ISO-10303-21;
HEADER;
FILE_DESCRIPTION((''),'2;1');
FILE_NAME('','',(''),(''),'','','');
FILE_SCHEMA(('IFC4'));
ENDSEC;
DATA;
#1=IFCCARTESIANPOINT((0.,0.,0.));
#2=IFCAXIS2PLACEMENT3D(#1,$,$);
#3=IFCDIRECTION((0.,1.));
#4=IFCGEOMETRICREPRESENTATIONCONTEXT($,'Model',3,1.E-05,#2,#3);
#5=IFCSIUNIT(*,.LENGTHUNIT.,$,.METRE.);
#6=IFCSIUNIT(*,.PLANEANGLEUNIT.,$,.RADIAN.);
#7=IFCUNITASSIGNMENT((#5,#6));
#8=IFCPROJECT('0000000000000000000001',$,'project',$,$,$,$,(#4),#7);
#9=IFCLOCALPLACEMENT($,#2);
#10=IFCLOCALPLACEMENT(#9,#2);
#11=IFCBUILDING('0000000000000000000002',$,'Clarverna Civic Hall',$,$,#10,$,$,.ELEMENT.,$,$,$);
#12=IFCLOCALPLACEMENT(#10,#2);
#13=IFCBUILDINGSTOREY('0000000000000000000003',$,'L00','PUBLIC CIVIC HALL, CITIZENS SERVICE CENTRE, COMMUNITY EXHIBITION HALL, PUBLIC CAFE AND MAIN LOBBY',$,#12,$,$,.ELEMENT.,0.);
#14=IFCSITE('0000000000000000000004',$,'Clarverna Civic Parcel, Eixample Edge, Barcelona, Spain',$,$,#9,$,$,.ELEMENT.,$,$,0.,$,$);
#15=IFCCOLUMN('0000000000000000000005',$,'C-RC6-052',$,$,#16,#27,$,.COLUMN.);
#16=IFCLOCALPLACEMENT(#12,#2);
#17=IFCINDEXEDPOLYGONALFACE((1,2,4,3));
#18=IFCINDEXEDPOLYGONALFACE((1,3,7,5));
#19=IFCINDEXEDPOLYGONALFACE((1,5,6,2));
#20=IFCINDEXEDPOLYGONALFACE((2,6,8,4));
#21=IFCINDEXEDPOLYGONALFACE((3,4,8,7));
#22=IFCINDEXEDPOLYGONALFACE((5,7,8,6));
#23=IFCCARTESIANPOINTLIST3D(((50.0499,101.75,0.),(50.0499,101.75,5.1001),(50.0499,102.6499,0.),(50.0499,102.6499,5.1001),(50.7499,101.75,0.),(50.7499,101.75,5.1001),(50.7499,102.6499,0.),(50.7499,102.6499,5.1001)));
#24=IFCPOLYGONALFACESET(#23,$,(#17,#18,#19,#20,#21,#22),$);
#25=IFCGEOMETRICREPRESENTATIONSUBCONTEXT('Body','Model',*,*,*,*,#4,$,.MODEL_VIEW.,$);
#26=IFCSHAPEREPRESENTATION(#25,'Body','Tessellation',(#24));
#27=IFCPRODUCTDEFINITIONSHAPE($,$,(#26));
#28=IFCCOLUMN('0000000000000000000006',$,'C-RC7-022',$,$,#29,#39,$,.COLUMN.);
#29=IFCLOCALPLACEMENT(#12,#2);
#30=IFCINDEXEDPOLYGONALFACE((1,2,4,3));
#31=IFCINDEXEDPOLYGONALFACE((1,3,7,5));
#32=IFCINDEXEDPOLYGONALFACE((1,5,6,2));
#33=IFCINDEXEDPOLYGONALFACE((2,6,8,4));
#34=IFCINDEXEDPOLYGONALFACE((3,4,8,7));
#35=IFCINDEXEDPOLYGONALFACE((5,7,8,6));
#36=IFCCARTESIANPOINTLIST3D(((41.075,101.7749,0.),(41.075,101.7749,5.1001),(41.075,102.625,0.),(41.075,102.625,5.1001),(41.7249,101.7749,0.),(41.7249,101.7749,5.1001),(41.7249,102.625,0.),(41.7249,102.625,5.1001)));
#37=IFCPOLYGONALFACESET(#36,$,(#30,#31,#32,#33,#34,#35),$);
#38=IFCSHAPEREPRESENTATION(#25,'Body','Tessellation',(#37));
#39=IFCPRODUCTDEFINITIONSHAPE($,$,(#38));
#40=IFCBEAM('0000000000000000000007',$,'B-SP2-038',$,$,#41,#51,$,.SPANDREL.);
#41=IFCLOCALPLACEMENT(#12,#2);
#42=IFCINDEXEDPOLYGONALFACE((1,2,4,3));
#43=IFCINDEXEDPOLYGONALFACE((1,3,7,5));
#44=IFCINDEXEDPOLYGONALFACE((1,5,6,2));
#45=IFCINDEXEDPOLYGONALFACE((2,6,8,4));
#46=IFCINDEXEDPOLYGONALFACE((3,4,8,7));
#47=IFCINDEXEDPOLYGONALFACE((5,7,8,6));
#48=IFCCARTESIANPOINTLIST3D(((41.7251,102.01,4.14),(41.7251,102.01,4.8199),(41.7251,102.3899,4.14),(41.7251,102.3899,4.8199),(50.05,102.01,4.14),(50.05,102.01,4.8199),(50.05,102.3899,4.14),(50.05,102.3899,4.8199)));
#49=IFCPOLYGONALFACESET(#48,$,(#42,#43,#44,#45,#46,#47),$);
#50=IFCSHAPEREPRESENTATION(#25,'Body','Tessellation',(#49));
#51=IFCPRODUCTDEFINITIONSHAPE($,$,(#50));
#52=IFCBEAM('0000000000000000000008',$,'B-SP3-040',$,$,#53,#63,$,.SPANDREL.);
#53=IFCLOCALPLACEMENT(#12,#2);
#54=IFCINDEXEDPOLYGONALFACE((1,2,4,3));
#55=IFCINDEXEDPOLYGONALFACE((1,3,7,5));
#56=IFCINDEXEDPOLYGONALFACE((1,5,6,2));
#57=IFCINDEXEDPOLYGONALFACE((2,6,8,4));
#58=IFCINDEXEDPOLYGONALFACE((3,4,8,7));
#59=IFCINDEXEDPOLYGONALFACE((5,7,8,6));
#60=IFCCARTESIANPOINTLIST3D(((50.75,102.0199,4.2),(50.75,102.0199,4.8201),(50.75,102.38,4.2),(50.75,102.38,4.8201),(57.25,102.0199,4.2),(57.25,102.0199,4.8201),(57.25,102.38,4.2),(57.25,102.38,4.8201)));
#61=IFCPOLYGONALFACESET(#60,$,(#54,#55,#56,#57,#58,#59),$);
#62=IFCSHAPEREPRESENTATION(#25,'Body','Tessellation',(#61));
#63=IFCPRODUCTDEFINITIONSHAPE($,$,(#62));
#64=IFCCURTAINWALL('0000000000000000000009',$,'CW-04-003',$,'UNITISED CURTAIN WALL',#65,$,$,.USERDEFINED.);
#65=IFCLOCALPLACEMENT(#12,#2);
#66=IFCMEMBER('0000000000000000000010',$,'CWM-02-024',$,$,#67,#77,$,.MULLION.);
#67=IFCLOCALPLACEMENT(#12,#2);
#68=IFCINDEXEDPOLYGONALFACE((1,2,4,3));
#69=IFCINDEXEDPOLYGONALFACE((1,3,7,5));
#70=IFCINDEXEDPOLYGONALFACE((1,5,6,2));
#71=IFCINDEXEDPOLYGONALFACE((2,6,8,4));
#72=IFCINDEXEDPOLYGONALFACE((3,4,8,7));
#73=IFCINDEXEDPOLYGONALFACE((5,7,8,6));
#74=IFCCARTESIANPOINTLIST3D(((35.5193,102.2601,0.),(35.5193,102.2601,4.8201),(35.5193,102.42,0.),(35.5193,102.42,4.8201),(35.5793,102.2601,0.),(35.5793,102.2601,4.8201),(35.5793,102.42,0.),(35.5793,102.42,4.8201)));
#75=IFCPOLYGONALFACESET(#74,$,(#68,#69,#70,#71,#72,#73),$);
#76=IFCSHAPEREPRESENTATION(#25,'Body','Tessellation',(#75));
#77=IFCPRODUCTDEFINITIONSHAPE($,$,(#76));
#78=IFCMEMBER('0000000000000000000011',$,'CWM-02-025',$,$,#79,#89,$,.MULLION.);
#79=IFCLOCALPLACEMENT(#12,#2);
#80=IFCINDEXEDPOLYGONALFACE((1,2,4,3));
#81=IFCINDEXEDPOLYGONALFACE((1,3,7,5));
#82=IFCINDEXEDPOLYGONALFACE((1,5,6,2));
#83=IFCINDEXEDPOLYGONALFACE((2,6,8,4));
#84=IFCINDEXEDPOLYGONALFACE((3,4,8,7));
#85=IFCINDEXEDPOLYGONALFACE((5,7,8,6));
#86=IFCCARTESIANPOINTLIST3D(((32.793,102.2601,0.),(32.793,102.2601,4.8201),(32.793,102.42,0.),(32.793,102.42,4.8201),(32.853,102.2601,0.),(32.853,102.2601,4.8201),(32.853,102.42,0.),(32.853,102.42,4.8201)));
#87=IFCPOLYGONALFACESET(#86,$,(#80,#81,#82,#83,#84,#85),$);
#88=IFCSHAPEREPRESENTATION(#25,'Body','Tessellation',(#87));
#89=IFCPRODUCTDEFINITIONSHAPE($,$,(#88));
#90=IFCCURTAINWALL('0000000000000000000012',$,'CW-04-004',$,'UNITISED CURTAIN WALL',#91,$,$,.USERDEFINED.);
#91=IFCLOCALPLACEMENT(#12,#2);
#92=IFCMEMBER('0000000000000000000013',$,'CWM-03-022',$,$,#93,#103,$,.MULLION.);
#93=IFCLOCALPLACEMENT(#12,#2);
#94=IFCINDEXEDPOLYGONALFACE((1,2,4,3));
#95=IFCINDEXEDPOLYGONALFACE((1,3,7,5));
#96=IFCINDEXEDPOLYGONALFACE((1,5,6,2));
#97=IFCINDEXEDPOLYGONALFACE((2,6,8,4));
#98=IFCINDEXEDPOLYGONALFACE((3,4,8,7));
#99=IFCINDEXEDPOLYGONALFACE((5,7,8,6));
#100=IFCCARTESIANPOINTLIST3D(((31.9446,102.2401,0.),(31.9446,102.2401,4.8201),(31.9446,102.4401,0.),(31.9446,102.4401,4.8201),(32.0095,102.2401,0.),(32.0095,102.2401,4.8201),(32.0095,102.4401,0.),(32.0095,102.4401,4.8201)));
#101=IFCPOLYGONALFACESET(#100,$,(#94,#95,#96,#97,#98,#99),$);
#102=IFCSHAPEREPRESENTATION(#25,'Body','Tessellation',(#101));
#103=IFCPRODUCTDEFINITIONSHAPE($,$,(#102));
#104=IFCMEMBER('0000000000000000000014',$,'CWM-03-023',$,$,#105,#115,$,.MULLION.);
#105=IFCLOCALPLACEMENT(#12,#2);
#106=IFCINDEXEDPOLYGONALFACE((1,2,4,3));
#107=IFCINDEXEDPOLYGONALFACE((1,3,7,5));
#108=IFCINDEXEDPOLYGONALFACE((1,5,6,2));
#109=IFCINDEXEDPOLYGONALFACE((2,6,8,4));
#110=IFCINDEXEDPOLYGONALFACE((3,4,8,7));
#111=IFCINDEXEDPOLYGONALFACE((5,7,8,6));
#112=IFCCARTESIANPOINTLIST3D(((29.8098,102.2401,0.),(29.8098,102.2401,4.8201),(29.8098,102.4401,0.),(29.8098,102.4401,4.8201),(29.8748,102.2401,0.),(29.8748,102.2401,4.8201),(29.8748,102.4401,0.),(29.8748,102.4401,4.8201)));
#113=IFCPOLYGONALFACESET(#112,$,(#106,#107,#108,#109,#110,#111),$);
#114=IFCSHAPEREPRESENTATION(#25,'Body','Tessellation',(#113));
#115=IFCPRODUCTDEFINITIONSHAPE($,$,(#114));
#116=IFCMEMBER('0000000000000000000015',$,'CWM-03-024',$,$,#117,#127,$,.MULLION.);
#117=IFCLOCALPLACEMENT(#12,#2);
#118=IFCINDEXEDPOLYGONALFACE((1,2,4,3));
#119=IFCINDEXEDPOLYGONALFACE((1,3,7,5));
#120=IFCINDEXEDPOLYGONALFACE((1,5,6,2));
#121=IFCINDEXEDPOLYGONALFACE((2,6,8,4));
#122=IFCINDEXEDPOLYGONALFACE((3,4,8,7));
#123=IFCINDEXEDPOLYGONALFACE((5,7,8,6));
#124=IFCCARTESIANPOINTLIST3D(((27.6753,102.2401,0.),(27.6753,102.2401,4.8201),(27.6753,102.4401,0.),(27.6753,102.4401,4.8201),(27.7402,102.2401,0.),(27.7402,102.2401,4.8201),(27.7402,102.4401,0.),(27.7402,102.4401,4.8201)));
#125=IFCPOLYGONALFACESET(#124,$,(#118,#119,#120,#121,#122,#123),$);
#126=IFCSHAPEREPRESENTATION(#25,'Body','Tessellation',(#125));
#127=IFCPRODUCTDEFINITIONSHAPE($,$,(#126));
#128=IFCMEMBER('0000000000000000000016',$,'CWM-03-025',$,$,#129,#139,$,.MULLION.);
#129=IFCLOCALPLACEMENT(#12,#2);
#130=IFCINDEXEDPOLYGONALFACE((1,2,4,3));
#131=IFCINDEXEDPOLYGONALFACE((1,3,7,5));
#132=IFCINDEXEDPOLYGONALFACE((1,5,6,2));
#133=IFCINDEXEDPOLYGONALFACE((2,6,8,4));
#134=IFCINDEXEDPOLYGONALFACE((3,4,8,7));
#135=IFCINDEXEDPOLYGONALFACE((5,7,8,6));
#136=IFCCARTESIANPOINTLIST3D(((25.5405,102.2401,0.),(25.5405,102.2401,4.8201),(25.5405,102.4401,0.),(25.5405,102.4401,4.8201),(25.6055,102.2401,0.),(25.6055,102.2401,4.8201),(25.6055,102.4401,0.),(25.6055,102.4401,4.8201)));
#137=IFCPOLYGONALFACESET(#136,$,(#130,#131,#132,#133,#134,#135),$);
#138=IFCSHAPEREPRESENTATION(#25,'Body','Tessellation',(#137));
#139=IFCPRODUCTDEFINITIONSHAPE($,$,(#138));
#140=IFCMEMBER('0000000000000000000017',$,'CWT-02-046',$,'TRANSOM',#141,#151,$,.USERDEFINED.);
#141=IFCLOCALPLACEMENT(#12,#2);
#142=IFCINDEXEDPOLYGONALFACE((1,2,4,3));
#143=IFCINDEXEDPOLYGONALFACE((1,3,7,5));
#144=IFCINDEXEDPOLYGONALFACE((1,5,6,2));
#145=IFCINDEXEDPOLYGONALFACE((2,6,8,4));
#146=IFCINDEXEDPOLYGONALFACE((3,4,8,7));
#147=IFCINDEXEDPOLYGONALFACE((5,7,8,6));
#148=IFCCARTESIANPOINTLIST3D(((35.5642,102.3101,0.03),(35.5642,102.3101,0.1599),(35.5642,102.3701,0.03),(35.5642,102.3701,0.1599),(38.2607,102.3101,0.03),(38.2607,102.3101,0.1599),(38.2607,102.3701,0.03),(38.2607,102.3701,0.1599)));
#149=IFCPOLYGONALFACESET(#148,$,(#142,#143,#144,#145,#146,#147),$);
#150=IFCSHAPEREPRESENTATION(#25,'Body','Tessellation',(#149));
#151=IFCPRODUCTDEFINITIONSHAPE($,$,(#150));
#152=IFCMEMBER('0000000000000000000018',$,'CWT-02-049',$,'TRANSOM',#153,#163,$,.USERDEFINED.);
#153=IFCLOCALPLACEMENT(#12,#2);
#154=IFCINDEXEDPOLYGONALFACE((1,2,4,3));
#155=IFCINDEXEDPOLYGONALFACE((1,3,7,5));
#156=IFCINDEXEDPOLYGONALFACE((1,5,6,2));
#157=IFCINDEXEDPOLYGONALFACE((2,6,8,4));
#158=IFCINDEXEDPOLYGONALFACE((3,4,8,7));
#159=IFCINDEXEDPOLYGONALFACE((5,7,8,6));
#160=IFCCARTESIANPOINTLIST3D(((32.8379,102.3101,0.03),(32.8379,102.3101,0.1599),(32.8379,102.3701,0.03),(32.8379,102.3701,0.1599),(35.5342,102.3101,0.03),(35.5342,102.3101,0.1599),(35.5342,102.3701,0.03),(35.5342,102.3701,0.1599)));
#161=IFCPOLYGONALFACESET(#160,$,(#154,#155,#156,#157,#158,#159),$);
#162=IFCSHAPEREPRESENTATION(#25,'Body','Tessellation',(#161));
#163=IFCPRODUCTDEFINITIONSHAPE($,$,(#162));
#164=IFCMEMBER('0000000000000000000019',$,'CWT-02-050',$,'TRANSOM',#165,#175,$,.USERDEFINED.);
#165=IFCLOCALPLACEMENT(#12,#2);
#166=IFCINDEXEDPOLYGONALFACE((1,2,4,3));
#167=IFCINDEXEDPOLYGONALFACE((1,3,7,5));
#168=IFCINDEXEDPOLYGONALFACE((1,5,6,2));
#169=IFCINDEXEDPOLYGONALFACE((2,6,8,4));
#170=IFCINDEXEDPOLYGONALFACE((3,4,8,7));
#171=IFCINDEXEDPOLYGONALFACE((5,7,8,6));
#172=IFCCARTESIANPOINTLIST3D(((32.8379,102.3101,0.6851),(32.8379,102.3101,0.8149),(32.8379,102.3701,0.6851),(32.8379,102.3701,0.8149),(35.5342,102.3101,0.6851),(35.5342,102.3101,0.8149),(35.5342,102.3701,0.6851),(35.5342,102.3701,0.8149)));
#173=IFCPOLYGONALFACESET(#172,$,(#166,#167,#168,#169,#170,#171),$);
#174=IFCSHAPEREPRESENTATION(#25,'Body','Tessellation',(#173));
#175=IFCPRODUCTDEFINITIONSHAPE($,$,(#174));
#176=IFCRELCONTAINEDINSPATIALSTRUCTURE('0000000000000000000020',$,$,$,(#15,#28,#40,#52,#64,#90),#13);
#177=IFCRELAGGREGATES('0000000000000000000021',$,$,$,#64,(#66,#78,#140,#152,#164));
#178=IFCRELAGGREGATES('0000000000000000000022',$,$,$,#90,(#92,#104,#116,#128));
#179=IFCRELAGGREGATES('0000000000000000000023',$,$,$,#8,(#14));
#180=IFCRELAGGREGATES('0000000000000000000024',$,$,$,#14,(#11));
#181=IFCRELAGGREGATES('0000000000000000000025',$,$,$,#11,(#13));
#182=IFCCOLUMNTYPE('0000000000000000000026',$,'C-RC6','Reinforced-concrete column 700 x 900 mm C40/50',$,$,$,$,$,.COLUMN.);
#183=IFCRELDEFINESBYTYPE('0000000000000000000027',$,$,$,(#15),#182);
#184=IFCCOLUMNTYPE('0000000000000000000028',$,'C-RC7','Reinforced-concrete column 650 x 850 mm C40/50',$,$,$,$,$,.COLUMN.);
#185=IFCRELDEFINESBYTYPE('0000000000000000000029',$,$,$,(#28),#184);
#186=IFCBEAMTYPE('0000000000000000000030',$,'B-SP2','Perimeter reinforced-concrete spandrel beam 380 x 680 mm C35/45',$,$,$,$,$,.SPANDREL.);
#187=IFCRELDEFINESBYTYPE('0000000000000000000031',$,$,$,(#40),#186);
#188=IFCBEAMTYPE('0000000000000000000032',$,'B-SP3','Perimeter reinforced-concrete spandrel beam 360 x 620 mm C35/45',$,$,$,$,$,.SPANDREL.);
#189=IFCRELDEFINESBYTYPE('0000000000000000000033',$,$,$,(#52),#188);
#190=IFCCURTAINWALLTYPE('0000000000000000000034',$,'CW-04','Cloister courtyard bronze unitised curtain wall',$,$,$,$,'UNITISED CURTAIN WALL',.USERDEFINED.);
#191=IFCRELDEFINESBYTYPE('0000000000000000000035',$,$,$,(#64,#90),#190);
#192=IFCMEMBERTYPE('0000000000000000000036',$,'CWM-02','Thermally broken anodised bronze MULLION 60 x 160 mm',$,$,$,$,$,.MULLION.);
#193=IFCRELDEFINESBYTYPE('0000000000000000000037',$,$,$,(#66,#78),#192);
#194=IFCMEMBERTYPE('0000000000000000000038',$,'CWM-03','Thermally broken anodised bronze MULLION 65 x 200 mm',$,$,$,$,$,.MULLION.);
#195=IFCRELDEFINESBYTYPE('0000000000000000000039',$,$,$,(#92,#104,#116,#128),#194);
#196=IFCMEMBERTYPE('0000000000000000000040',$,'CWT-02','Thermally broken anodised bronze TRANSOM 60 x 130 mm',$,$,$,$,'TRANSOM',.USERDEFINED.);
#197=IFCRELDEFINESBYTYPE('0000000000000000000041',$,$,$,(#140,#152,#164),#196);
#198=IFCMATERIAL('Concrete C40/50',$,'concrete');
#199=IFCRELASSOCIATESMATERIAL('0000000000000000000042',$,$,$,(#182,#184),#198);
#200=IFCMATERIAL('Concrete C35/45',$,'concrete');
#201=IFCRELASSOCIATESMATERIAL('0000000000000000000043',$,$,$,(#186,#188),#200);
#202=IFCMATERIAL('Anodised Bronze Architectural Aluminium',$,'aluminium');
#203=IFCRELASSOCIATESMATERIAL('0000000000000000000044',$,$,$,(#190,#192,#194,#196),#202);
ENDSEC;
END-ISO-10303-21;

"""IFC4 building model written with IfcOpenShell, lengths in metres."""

from ifc_helpers import new_model, si_unit, direction, frame, origin, origin_2d, place, context, subcontext, project, spatial, rectangle, extrude, material, material_profile, profile_set, type_object, element, aggregate, save


model = new_model("IFC4")

# Units and contexts
model_context = context("Model", 3, precision=1e-05, world=origin(), true_north=direction((0.0, 1.0)))
body_context = subcontext(model_context, "Body", "Model", "MODEL_VIEW")
ifc_project = project(units=[si_unit("LENGTHUNIT", "METRE"), si_unit("PLANEANGLEUNIT", "RADIAN")], contexts=[model_context])

# Site, building, storey
site_placement = place(None, origin())
site = spatial("IfcSite", under=ifc_project, at=site_placement, Name="Clarverna Civic Parcel, Eixample Edge, Barcelona, Spain", CompositionType="ELEMENT", RefElevation=0.0)
building_placement = place(site_placement, origin())
building = spatial("IfcBuilding", under=site, at=building_placement, Name="Clarverna Civic Hall", CompositionType="ELEMENT")
storey_placement = place(building_placement, origin())
storey = spatial("IfcBuildingStorey", under=building, at=storey_placement, Name="L00", Description="PUBLIC CIVIC HALL, CITIZENS SERVICE CENTRE, COMMUNITY EXHIBITION HALL, PUBLIC CAFE AND MAIN LOBBY", CompositionType="ELEMENT", Elevation=0.0)

# Columns
ifc_material_1 = material(Name="Concrete C40/50", Category="concrete")
ifc_material_profile_1 = material_profile(ifc_material_1, rectangle(XDim=0.7, YDim=0.8999, at=origin_2d()), Name="RC 700x900")
ifc_profile_set_1 = profile_set([ifc_material_profile_1], Name="Concrete C40/50")
column_type_1 = type_object("IfcColumnType", Name="C-RC6", Description="Reinforced-concrete column 700 x 900 mm C40/50", PredefinedType="COLUMN", material=ifc_profile_set_1)
column_1_placement = place(storey_placement, frame((50.3999, 102.2, 0.0), z_axis=(0.0, 0.0, 1.0), x_axis=(1.0, 0.0, 0.0)))
element("IfcColumn", 1, at=column_1_placement, inside=storey, type_object=column_type_1, Name="C-RC6-052", PredefinedType="COLUMN", context=body_context, shape_type="SweptSolid", body=[
    extrude(rectangle(XDim=0.7, YDim=0.8999, at=origin_2d()), origin(), (0.0, 0.0, 1.0), 5.1001),
])
ifc_material_profile_2 = material_profile(ifc_material_1, rectangle(XDim=0.6499, YDim=0.8501, at=origin_2d()), Name="RC 650x850")
ifc_profile_set_2 = profile_set([ifc_material_profile_2], Name="Concrete C40/50")
column_type_2 = type_object("IfcColumnType", Name="C-RC7", Description="Reinforced-concrete column 650 x 850 mm C40/50", PredefinedType="COLUMN", material=ifc_profile_set_2)
column_2_placement = place(storey_placement, frame((41.3999, 102.2, 0.0), z_axis=(0.0, 0.0, 1.0), x_axis=(1.0, 0.0, 0.0)))
element("IfcColumn", 2, at=column_2_placement, inside=storey, type_object=column_type_2, Name="C-RC7-022", PredefinedType="COLUMN", context=body_context, shape_type="SweptSolid", body=[
    extrude(rectangle(XDim=0.6499, YDim=0.8501, at=origin_2d()), origin(), (0.0, 0.0, 1.0), 5.1001),
])

# Beams
ifc_material_2 = material(Name="Concrete C35/45", Category="concrete")
ifc_material_profile_3 = material_profile(ifc_material_2, rectangle(XDim=0.3799, YDim=0.6799, at=origin_2d()), Name="RC 380x680")
ifc_profile_set_3 = profile_set([ifc_material_profile_3], Name="Concrete C35/45")
beam_type_1 = type_object("IfcBeamType", Name="B-SP2", Description="Perimeter reinforced-concrete spandrel beam 380 x 680 mm C35/45", PredefinedType="SPANDREL", material=ifc_profile_set_3)
beam_1_placement = place(storey_placement, frame((41.7251, 102.2, 4.48), z_axis=(1.0, 0.0, 0.0), x_axis=(0.0, 1.0, 0.0)))
element("IfcBeam", 3, at=beam_1_placement, inside=storey, type_object=beam_type_1, Name="B-SP2-038", PredefinedType="SPANDREL", context=body_context, shape_type="SweptSolid", body=[
    extrude(rectangle(XDim=0.3799, YDim=0.6799, at=origin_2d()), origin(), (0.0, 0.0, 1.0), 8.325),
])
ifc_material_profile_4 = material_profile(ifc_material_2, rectangle(XDim=0.3601, YDim=0.6201, at=origin_2d()), Name="RC 360x620")
ifc_profile_set_4 = profile_set([ifc_material_profile_4], Name="Concrete C35/45")
beam_type_2 = type_object("IfcBeamType", Name="B-SP3", Description="Perimeter reinforced-concrete spandrel beam 360 x 620 mm C35/45", PredefinedType="SPANDREL", material=ifc_profile_set_4)
beam_2_placement = place(storey_placement, frame((50.75, 102.2, 4.51), z_axis=(1.0, 0.0, 0.0), x_axis=(0.0, 1.0, 0.0)))
element("IfcBeam", 4, at=beam_2_placement, inside=storey, type_object=beam_type_2, Name="B-SP3-040", PredefinedType="SPANDREL", context=body_context, shape_type="SweptSolid", body=[
    extrude(rectangle(XDim=0.3601, YDim=0.6201, at=origin_2d()), origin(), (0.0, 0.0, 1.0), 6.5),
])

# Curtain walls, members
ifc_material_3 = material(Name="Anodised Bronze Architectural Aluminium", Category="aluminium")
curtain_wall_type = type_object("IfcCurtainWallType", Name="CW-04", Description="Cloister courtyard bronze unitised curtain wall", ElementType="UNITISED CURTAIN WALL", PredefinedType="USERDEFINED", material=ifc_material_3)
curtain_wall_1_placement = place(storey_placement, origin())
curtain_wall_1 = element("IfcCurtainWall", 5, at=curtain_wall_1_placement, inside=storey, type_object=curtain_wall_type, Name="CW-04-003", ObjectType="UNITISED CURTAIN WALL", PredefinedType="USERDEFINED")
ifc_material_profile_5 = material_profile(ifc_material_3, rectangle(XDim=0.0601, YDim=0.1599, at=origin_2d()), Name="BRONZE 60x160")
ifc_profile_set_5 = profile_set([ifc_material_profile_5], Name="Anodised Bronze Architectural Aluminium")
member_type_1 = type_object("IfcMemberType", Name="CWM-02", Description="Thermally broken anodised bronze MULLION 60 x 160 mm", PredefinedType="MULLION", material=ifc_profile_set_5)
member_1_placement = place(storey_placement, frame((35.5493, 102.3401, 0.0), z_axis=(0.0, 0.0, 1.0), x_axis=(1.0, 0.0, 0.0)))
member_1 = element("IfcMember", 6, at=member_1_placement, type_object=member_type_1, Name="CWM-02-024", PredefinedType="MULLION", context=body_context, shape_type="SweptSolid", body=[
    extrude(rectangle(XDim=0.0601, YDim=0.1599, at=origin_2d()), origin(), (0.0, 0.0, 1.0), 4.8201),
])
member_2_placement = place(storey_placement, frame((32.823, 102.3401, 0.0), z_axis=(0.0, 0.0, 1.0), x_axis=(1.0, 0.0, 0.0)))
member_2 = element("IfcMember", 7, at=member_2_placement, type_object=member_type_1, Name="CWM-02-025", PredefinedType="MULLION", context=body_context, shape_type="SweptSolid", body=[
    extrude(rectangle(XDim=0.0601, YDim=0.1599, at=origin_2d()), origin(), (0.0, 0.0, 1.0), 4.8201),
])
curtain_wall_2_placement = place(storey_placement, origin())
curtain_wall_2 = element("IfcCurtainWall", 8, at=curtain_wall_2_placement, inside=storey, type_object=curtain_wall_type, Name="CW-04-004", ObjectType="UNITISED CURTAIN WALL", PredefinedType="USERDEFINED")
ifc_material_profile_6 = material_profile(ifc_material_3, rectangle(XDim=0.0649, YDim=0.2, at=origin_2d()), Name="BRONZE 65x200")
ifc_profile_set_6 = profile_set([ifc_material_profile_6], Name="Anodised Bronze Architectural Aluminium")
member_type_2 = type_object("IfcMemberType", Name="CWM-03", Description="Thermally broken anodised bronze MULLION 65 x 200 mm", PredefinedType="MULLION", material=ifc_profile_set_6)
member_3_placement = place(storey_placement, frame((31.9771, 102.3401, 0.0), z_axis=(0.0, 0.0, 1.0), x_axis=(1.0, 0.0, 0.0)))
member_3 = element("IfcMember", 9, at=member_3_placement, type_object=member_type_2, Name="CWM-03-022", PredefinedType="MULLION", context=body_context, shape_type="SweptSolid", body=[
    extrude(rectangle(XDim=0.0649, YDim=0.2, at=origin_2d()), origin(), (0.0, 0.0, 1.0), 4.8201),
])
member_4_placement = place(storey_placement, frame((29.8423, 102.3401, 0.0), z_axis=(0.0, 0.0, 1.0), x_axis=(1.0, 0.0, 0.0)))
member_4 = element("IfcMember", 10, at=member_4_placement, type_object=member_type_2, Name="CWM-03-023", PredefinedType="MULLION", context=body_context, shape_type="SweptSolid", body=[
    extrude(rectangle(XDim=0.0649, YDim=0.2, at=origin_2d()), origin(), (0.0, 0.0, 1.0), 4.8201),
])
member_5_placement = place(storey_placement, frame((27.7078, 102.3401, 0.0), z_axis=(0.0, 0.0, 1.0), x_axis=(1.0, 0.0, 0.0)))
member_5 = element("IfcMember", 11, at=member_5_placement, type_object=member_type_2, Name="CWM-03-024", PredefinedType="MULLION", context=body_context, shape_type="SweptSolid", body=[
    extrude(rectangle(XDim=0.0649, YDim=0.2, at=origin_2d()), origin(), (0.0, 0.0, 1.0), 4.8201),
])
member_6_placement = place(storey_placement, frame((25.573, 102.3401, 0.0), z_axis=(0.0, 0.0, 1.0), x_axis=(1.0, 0.0, 0.0)))
member_6 = element("IfcMember", 12, at=member_6_placement, type_object=member_type_2, Name="CWM-03-025", PredefinedType="MULLION", context=body_context, shape_type="SweptSolid", body=[
    extrude(rectangle(XDim=0.0649, YDim=0.2, at=origin_2d()), origin(), (0.0, 0.0, 1.0), 4.8201),
])

# Members
ifc_material_profile_7 = material_profile(ifc_material_3, rectangle(XDim=0.0601, YDim=0.1299, at=origin_2d()), Name="BRONZE 60x130")
ifc_profile_set_7 = profile_set([ifc_material_profile_7], Name="Anodised Bronze Architectural Aluminium")
member_type_3 = type_object("IfcMemberType", Name="CWT-02", Description="Thermally broken anodised bronze TRANSOM 60 x 130 mm", ElementType="TRANSOM", PredefinedType="USERDEFINED", material=ifc_profile_set_7)
member_7_placement = place(storey_placement, frame((38.2607, 102.3401, 0.095), z_axis=(-1.0, 0.0, 0.0), x_axis=(0.0, -1.0, 0.0)))
member_7 = element("IfcMember", 13, at=member_7_placement, type_object=member_type_3, Name="CWT-02-046", ObjectType="TRANSOM", PredefinedType="USERDEFINED", context=body_context, shape_type="SweptSolid", body=[
    extrude(rectangle(XDim=0.0601, YDim=0.1299, at=origin_2d()), origin(), (0.0, 0.0, 1.0), 2.6965),
])
member_8_placement = place(storey_placement, frame((35.5342, 102.3401, 0.095), z_axis=(-1.0, 0.0, 0.0), x_axis=(0.0, -1.0, 0.0)))
member_8 = element("IfcMember", 14, at=member_8_placement, type_object=member_type_3, Name="CWT-02-049", ObjectType="TRANSOM", PredefinedType="USERDEFINED", context=body_context, shape_type="SweptSolid", body=[
    extrude(rectangle(XDim=0.0601, YDim=0.1299, at=origin_2d()), origin(), (0.0, 0.0, 1.0), 2.6963),
])
member_9_placement = place(storey_placement, frame((35.5342, 102.3401, 0.75), z_axis=(-1.0, 0.0, 0.0), x_axis=(0.0, -1.0, 0.0)))
member_9 = element("IfcMember", 15, at=member_9_placement, type_object=member_type_3, Name="CWT-02-050", ObjectType="TRANSOM", PredefinedType="USERDEFINED", context=body_context, shape_type="SweptSolid", body=[
    extrude(rectangle(XDim=0.0601, YDim=0.1299, at=origin_2d()), origin(), (0.0, 0.0, 1.0), 2.6963),
])

aggregate(curtain_wall_1, [member_1, member_2, member_7, member_8, member_9])
aggregate(curtain_wall_2, [member_3, member_4, member_5, member_6])

save(model, "model.ifc")
